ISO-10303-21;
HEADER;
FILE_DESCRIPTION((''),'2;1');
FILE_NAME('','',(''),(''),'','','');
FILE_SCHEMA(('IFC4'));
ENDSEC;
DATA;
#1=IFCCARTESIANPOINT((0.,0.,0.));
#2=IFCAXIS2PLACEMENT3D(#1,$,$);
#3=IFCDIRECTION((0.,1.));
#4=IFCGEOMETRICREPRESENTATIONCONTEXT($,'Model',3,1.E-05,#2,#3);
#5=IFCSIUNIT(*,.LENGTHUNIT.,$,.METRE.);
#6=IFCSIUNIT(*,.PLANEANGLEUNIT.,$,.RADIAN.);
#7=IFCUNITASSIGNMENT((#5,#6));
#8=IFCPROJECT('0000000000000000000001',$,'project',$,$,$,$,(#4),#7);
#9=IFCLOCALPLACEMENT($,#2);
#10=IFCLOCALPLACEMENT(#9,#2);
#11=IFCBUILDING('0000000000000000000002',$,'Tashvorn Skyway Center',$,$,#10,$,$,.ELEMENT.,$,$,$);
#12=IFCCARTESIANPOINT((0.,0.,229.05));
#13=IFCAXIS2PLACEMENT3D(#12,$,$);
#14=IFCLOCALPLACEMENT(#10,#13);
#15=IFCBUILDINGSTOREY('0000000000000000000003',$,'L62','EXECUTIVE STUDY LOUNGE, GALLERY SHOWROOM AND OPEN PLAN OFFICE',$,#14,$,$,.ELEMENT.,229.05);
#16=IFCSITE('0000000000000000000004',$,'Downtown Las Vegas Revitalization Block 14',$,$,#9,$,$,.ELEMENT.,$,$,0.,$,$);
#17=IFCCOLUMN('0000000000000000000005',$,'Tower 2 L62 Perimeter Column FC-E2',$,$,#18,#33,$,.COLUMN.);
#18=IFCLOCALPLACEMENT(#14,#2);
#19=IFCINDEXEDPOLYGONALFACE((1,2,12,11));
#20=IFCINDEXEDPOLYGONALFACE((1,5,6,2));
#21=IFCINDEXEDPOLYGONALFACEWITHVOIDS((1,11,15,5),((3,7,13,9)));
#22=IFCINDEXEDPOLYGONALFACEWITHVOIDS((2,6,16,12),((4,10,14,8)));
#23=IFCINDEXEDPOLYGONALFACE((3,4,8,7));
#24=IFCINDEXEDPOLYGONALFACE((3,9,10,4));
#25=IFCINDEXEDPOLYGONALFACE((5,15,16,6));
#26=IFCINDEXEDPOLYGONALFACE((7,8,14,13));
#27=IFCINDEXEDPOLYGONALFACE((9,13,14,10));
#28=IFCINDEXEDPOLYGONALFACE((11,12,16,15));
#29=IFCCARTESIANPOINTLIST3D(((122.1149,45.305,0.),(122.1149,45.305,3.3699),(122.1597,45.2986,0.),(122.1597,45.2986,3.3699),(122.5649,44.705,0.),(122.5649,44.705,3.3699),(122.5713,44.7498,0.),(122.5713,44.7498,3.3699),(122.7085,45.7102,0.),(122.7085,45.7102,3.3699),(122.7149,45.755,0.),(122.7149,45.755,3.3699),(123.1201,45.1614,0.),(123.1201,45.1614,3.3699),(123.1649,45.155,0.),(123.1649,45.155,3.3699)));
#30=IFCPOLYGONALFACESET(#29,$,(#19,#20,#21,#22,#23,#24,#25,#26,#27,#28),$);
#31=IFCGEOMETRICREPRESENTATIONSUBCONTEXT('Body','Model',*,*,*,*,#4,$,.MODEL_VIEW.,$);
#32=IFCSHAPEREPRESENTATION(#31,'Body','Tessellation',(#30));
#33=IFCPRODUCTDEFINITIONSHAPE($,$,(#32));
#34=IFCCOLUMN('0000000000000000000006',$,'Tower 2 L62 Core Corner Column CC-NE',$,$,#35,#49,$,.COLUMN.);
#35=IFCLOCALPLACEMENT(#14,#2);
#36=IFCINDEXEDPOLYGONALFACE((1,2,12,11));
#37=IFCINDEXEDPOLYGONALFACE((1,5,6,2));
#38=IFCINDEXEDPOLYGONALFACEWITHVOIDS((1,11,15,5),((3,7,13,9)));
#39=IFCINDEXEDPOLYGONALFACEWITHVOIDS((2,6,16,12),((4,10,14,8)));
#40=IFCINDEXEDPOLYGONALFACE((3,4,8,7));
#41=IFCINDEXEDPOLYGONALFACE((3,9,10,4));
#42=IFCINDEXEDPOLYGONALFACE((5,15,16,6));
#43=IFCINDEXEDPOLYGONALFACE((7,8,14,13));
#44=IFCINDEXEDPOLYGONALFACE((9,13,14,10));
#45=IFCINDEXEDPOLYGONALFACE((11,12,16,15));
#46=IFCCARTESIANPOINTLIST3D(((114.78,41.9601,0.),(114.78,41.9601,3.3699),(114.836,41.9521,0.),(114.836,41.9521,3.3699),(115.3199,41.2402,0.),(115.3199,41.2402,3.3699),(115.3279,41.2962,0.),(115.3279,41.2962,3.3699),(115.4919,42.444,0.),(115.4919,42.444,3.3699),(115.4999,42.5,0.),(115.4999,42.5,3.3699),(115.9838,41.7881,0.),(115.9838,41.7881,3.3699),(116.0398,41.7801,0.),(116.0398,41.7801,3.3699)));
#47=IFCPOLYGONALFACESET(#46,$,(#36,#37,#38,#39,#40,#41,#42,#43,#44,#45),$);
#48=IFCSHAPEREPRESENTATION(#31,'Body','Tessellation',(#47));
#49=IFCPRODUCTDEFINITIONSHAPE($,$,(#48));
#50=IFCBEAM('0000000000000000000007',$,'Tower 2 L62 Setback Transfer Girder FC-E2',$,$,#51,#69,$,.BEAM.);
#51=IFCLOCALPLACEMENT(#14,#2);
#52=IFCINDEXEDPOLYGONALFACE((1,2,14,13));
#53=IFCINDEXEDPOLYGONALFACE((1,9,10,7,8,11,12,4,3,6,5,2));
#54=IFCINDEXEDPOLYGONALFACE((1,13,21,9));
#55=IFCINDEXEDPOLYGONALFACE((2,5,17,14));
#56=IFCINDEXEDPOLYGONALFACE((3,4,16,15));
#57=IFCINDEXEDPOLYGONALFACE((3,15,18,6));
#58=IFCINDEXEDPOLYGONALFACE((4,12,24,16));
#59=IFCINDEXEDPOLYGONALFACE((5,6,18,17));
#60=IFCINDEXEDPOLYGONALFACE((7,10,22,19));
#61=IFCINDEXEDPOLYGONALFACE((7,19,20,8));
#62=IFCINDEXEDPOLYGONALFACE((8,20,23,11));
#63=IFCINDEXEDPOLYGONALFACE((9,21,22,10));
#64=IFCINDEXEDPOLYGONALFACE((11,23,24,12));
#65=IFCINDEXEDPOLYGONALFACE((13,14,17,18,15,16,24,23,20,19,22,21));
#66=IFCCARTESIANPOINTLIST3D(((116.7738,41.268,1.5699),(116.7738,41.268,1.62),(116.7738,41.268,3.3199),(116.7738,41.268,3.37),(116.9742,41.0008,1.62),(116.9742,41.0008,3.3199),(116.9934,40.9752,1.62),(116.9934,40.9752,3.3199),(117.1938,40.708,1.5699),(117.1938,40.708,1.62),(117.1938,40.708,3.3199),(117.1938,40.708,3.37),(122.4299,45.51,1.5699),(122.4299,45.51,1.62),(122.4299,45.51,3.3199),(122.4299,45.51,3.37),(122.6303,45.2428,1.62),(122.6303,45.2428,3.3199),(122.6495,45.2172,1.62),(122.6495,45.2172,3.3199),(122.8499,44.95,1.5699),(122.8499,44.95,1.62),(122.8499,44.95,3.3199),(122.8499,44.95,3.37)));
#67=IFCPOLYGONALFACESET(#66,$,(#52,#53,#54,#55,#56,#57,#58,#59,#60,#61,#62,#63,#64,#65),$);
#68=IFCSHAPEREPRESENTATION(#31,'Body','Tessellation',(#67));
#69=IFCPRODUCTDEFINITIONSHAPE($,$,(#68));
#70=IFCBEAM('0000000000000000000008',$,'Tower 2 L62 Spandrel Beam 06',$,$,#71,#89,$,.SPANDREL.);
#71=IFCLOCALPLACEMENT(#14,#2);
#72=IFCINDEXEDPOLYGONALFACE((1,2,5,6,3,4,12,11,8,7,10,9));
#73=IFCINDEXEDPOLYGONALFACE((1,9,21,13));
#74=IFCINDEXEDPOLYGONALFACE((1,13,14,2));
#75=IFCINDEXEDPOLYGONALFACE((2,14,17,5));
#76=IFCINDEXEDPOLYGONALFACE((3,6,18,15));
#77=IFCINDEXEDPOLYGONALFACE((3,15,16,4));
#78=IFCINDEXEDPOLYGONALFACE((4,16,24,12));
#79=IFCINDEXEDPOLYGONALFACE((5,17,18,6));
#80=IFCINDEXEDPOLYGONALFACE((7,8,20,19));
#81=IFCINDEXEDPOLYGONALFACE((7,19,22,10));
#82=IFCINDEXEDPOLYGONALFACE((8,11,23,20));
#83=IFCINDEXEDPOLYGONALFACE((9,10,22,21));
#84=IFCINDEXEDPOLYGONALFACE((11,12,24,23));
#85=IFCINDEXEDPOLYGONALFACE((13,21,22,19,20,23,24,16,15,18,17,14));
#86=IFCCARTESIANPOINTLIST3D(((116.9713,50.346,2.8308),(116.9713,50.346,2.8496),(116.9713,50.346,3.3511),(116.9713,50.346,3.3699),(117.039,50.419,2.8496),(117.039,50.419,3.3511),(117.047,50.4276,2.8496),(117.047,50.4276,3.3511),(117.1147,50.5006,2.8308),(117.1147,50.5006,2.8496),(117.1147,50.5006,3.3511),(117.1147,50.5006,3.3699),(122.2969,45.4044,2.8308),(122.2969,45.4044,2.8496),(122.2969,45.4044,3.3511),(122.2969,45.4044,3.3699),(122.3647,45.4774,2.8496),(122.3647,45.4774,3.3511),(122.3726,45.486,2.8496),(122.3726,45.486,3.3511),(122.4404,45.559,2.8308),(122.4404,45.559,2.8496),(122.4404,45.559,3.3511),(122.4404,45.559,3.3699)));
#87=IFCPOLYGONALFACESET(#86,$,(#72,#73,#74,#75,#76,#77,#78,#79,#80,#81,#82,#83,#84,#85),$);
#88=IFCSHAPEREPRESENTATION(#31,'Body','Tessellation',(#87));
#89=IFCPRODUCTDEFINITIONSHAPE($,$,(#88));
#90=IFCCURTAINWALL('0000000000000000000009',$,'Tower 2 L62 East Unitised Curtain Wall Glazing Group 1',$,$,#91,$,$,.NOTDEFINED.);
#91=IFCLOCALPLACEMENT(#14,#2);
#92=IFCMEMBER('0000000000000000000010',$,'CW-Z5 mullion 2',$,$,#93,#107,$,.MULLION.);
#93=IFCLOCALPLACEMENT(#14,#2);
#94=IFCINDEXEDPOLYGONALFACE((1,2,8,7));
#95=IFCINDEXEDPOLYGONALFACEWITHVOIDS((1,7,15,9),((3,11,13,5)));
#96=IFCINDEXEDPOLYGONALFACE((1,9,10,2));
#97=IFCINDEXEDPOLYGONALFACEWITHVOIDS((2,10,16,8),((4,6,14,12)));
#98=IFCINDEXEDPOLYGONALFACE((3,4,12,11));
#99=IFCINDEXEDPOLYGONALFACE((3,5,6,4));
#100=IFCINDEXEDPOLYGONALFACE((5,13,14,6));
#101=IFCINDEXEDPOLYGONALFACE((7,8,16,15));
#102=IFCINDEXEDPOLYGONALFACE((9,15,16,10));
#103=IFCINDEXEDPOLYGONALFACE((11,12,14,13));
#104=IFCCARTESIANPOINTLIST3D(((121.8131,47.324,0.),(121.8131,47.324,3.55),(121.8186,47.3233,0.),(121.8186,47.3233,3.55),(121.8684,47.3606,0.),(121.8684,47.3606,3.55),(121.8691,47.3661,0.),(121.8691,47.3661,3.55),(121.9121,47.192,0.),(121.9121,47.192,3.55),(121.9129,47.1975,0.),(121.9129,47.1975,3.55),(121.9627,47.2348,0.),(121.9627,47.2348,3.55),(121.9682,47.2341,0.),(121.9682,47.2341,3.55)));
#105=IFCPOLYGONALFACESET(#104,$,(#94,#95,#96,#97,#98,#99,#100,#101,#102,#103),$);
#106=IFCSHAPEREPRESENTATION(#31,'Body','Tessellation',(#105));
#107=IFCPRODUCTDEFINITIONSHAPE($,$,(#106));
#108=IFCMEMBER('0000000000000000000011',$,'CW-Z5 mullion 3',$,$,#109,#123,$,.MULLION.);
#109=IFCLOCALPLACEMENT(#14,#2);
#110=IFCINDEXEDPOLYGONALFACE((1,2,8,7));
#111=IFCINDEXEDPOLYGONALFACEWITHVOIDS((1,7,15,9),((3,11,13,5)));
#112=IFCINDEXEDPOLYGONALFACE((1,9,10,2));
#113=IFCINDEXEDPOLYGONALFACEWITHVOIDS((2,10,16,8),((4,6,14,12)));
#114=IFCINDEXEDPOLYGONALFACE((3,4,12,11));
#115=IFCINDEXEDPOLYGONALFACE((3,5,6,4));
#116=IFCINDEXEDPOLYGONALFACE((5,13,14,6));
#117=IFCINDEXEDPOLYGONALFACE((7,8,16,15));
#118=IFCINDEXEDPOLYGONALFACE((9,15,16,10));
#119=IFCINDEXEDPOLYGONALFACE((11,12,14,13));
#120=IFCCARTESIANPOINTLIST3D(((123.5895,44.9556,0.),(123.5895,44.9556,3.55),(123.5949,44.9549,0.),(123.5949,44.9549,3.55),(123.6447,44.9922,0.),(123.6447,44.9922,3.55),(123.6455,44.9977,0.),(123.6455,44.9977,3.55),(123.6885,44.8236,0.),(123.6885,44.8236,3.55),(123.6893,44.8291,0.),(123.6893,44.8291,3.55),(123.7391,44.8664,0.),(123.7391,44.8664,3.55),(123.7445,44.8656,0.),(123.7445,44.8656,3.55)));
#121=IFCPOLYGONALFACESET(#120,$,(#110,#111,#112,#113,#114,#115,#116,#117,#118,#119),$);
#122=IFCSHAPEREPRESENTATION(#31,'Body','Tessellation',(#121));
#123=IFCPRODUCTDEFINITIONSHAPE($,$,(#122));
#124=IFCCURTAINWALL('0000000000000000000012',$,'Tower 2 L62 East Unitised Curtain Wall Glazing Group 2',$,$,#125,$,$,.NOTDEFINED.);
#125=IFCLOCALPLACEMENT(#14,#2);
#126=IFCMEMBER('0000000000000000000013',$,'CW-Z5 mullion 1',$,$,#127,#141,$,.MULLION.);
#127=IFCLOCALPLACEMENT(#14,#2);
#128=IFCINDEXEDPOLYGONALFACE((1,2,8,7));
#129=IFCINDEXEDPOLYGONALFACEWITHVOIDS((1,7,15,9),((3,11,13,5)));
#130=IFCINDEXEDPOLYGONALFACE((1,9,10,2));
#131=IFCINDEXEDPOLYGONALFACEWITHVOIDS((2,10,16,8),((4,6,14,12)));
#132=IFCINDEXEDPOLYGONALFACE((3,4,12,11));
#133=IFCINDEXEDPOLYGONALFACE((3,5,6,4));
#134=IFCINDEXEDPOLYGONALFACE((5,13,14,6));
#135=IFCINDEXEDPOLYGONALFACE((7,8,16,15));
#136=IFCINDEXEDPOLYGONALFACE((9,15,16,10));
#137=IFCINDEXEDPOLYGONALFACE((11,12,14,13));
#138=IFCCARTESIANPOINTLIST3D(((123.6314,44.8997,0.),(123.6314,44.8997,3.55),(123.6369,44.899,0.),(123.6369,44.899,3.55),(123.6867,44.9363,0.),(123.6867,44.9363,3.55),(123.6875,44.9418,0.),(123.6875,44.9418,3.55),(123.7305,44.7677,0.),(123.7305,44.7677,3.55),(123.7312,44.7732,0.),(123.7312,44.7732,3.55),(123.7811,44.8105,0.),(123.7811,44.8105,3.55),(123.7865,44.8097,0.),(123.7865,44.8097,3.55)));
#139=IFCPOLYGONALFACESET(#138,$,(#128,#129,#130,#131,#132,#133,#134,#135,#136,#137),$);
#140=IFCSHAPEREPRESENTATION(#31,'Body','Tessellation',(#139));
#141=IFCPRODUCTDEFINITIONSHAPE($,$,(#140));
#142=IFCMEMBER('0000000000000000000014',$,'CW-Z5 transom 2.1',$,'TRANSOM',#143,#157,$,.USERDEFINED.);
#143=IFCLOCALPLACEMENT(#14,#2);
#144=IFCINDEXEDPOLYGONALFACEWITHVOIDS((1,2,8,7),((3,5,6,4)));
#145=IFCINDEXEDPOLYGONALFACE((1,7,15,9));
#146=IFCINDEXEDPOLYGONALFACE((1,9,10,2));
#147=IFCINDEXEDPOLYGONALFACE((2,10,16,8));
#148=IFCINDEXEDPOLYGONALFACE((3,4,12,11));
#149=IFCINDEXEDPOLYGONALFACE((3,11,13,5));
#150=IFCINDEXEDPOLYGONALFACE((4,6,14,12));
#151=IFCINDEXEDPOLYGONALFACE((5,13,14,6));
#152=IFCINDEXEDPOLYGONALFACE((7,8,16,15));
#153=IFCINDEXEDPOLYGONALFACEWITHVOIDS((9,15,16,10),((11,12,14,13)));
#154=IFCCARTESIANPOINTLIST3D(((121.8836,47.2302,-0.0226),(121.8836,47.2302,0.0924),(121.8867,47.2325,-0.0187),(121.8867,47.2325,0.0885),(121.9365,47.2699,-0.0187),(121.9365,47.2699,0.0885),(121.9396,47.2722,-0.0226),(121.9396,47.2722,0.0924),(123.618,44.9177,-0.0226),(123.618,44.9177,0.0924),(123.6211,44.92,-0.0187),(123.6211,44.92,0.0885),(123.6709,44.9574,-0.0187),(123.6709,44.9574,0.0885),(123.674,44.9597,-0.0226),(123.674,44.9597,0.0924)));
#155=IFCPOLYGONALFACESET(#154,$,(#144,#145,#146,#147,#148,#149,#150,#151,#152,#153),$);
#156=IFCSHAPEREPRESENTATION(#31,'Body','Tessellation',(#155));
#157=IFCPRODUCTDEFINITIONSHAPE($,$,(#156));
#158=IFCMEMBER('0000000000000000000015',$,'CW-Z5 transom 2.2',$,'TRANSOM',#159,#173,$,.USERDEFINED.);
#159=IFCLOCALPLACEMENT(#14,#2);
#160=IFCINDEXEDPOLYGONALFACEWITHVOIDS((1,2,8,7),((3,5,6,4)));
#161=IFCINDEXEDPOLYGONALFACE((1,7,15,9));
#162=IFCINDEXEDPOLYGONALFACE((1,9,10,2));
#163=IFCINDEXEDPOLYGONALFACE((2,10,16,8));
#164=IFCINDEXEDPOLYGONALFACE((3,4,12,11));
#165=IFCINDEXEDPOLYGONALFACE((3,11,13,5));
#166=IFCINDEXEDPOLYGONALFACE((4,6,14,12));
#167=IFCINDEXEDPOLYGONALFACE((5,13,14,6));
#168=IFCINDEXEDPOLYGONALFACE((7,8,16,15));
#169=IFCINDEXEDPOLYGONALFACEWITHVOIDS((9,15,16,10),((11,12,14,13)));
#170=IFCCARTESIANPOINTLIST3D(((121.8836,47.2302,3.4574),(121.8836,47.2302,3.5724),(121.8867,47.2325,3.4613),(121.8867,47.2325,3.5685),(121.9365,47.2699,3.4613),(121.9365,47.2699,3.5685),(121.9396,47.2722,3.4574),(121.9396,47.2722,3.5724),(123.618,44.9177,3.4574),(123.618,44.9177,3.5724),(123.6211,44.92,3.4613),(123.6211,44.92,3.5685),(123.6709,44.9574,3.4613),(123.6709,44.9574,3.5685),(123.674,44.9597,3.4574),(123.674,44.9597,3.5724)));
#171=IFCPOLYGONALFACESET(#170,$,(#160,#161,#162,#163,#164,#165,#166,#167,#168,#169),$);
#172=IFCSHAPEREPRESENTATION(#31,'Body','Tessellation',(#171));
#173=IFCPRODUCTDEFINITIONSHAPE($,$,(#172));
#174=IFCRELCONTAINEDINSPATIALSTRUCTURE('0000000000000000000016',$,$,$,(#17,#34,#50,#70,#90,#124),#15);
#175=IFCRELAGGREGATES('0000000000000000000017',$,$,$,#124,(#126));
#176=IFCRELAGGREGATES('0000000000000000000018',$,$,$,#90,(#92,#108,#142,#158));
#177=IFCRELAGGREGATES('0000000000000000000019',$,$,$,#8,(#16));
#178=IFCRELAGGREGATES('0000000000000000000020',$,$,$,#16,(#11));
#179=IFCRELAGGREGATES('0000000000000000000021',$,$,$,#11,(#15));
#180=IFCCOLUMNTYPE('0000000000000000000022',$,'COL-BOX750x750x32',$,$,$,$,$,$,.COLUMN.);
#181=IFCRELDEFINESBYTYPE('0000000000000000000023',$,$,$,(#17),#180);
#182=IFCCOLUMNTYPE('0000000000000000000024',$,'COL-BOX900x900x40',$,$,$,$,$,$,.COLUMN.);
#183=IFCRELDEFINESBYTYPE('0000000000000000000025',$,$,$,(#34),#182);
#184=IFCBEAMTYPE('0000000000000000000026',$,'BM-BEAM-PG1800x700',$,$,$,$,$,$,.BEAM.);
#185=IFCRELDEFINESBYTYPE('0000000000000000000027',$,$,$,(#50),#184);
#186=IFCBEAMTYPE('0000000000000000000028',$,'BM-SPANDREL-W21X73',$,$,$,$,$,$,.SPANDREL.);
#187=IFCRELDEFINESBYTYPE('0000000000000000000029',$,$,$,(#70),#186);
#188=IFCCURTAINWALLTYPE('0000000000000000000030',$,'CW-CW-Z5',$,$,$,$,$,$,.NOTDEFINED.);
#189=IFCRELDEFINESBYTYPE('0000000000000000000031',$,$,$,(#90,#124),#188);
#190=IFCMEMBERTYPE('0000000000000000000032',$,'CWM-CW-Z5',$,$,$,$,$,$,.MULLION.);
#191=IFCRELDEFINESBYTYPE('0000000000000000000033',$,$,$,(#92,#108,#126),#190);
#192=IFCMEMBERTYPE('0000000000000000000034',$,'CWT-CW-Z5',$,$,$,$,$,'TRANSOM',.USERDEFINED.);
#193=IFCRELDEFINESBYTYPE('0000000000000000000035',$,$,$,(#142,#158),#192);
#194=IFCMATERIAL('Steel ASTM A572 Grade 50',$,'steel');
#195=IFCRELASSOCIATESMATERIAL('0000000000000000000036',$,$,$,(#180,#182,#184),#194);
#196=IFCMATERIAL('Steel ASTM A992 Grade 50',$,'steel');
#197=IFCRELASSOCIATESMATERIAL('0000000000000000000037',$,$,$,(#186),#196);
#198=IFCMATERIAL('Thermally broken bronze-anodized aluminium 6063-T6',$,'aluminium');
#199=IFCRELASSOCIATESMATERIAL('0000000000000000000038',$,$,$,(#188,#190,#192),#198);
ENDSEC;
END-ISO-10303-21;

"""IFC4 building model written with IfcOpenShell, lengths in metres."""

from ifc_helpers import new_model, si_unit, direction, frame, origin, origin_2d, place, context, subcontext, project, spatial, hollow_rectangle, i_section, extrude, material, material_profile, profile_set, type_object, element, aggregate, save


model = new_model("IFC4")

# Units and contexts
model_context = context("Model", 3, precision=1e-05, world=origin(), true_north=direction((0.0, 1.0)))
body_context = subcontext(model_context, "Body", "Model", "MODEL_VIEW")
ifc_project = project(units=[si_unit("LENGTHUNIT", "METRE"), si_unit("PLANEANGLEUNIT", "RADIAN")], contexts=[model_context])

# Site, building, storey
site_placement = place(None, origin())
site = spatial("IfcSite", under=ifc_project, at=site_placement, Name="Downtown Las Vegas Revitalization Block 14", CompositionType="ELEMENT", RefElevation=0.0)
building_placement = place(site_placement, origin())
building = spatial("IfcBuilding", under=site, at=building_placement, Name="Tashvorn Skyway Center", CompositionType="ELEMENT")
storey_placement = place(building_placement, frame((0.0, 0.0, 229.05)))
storey = spatial("IfcBuildingStorey", under=building, at=storey_placement, Name="L62", Description="EXECUTIVE STUDY LOUNGE, GALLERY SHOWROOM AND OPEN PLAN OFFICE", CompositionType="ELEMENT", Elevation=229.05)

# Columns
ifc_material_1 = material(Name="Steel ASTM A572 Grade 50", Category="steel")
ifc_material_profile_1 = material_profile(ifc_material_1, hollow_rectangle(XDim=0.75, YDim=0.75, WallThickness=0.032, at=origin_2d()), Name="BOX750x750x32")
ifc_profile_set_1 = profile_set([ifc_material_profile_1], Name="Steel ASTM A572 Grade 50")
column_type_1 = type_object("IfcColumnType", Name="COL-BOX750x750x32", PredefinedType="COLUMN", material=ifc_profile_set_1)
column_1_placement = place(storey_placement, frame((122.6399, 45.23, 0.0), z_axis=(0.0, 0.0, 1.0), x_axis=(0.8, 0.6, 0.0)))
element("IfcColumn", 1, at=column_1_placement, inside=storey, type_object=column_type_1, Name="Tower 2 L62 Perimeter Column FC-E2", PredefinedType="COLUMN", context=body_context, shape_type="SweptSolid", body=[
    extrude(hollow_rectangle(XDim=0.75, YDim=0.75, WallThickness=0.032, at=origin_2d()), origin(), (0.0, 0.0, 1.0), 3.3699),
])
ifc_material_profile_2 = material_profile(ifc_material_1, hollow_rectangle(XDim=0.8999, YDim=0.8999, WallThickness=0.04, at=origin_2d()), Name="BOX900x900x40")
ifc_profile_set_2 = profile_set([ifc_material_profile_2], Name="Steel ASTM A572 Grade 50")
column_type_2 = type_object("IfcColumnType", Name="COL-BOX900x900x40", PredefinedType="COLUMN", material=ifc_profile_set_2)
column_2_placement = place(storey_placement, frame((115.4099, 41.8701, 0.0), z_axis=(0.0, 0.0, 1.0), x_axis=(0.8, 0.6, 0.0)))
element("IfcColumn", 2, at=column_2_placement, inside=storey, type_object=column_type_2, Name="Tower 2 L62 Core Corner Column CC-NE", PredefinedType="COLUMN", context=body_context, shape_type="SweptSolid", body=[
    extrude(hollow_rectangle(XDim=0.8999, YDim=0.8999, WallThickness=0.04, at=origin_2d()), origin(), (0.0, 0.0, 1.0), 3.3699),
])

# Beams
ifc_material_profile_3 = material_profile(ifc_material_1, i_section(OverallWidth=0.7, OverallDepth=1.8, WebThickness=0.032, FlangeThickness=0.05, at=origin_2d()), Name="PG1800x700")
ifc_profile_set_3 = profile_set([ifc_material_profile_3], Name="Steel ASTM A572 Grade 50")
beam_type_1 = type_object("IfcBeamType", Name="BM-BEAM-PG1800x700", PredefinedType="BEAM", material=ifc_profile_set_3)
beam_1_placement = place(storey_placement, frame((122.6399, 45.23, 2.47), z_axis=(-0.800004, -0.599994, 0.0), x_axis=(0.599994, -0.800004, 0.0)))
element("IfcBeam", 3, at=beam_1_placement, inside=storey, type_object=beam_type_1, Name="Tower 2 L62 Setback Transfer Girder FC-E2", PredefinedType="BEAM", context=body_context, shape_type="SweptSolid", body=[
    extrude(i_section(OverallWidth=0.7, OverallDepth=1.8, WebThickness=0.032, FlangeThickness=0.05, at=origin_2d()), origin(), (0.0, 0.0, 1.0), 7.0701),
])
ifc_material_2 = material(Name="Steel ASTM A992 Grade 50", Category="steel")
ifc_material_profile_4 = material_profile(ifc_material_2, i_section(OverallWidth=0.2109, OverallDepth=0.5391, WebThickness=0.0117, FlangeThickness=0.0188, at=origin_2d()), Name="W21X73")
ifc_profile_set_4 = profile_set([ifc_material_profile_4], Name="Steel ASTM A992 Grade 50")
beam_type_2 = type_object("IfcBeamType", Name="BM-SPANDREL-W21X73", PredefinedType="SPANDREL", material=ifc_profile_set_4)
beam_2_placement = place(storey_placement, frame((122.3687, 45.4817, 3.1003), z_axis=(-0.733042, 0.680183, 0.0), x_axis=(-0.680183, -0.733042, 0.0)))
element("IfcBeam", 4, at=beam_2_placement, inside=storey, type_object=beam_type_2, Name="Tower 2 L62 Spandrel Beam 06", PredefinedType="SPANDREL", context=body_context, shape_type="SweptSolid", body=[
    extrude(i_section(OverallWidth=0.2109, OverallDepth=0.5391, WebThickness=0.0117, FlangeThickness=0.0188, at=origin_2d()), origin(), (0.0, 0.0, 1.0), 7.2651),
])

# Curtain wall, members
ifc_material_3 = material(Name="Thermally broken bronze-anodized aluminium 6063-T6", Category="aluminium")
curtain_wall_type = type_object("IfcCurtainWallType", Name="CW-CW-Z5", PredefinedType="NOTDEFINED", material=ifc_material_3)
curtain_wall_1_placement = place(storey_placement, origin())
curtain_wall_1 = element("IfcCurtainWall", 5, at=curtain_wall_1_placement, inside=storey, type_object=curtain_wall_type, Name="Tower 2 L62 East Unitised Curtain Wall Glazing Group 1", PredefinedType="NOTDEFINED")
ifc_material_profile_5 = material_profile(ifc_material_3, hollow_rectangle(XDim=0.0701, YDim=0.165, WallThickness=0.0039, at=origin_2d()), Name="ALU-MULL-70x165")
ifc_profile_set_5 = profile_set([ifc_material_profile_5], Name="Thermally broken bronze-anodized aluminium 6063-T6")
member_type_1 = type_object("IfcMemberType", Name="CWM-CW-Z5", PredefinedType="MULLION", material=ifc_profile_set_5)
member_1_placement = place(storey_placement, frame((121.8906, 47.2791, 0.0), z_axis=(0.0, 0.0, 1.0), x_axis=(0.799998, 0.600003, 0.0)))
member_1 = element("IfcMember", 6, at=member_1_placement, type_object=member_type_1, Name="CW-Z5 mullion 2", PredefinedType="MULLION", context=body_context, shape_type="SweptSolid", body=[
    extrude(hollow_rectangle(XDim=0.0701, YDim=0.165, WallThickness=0.0039, at=origin_2d()), origin(), (0.0, 0.0, 1.0), 3.55),
])
member_2_placement = place(storey_placement, frame((123.667, 44.9106, 0.0), z_axis=(0.0, 0.0, 1.0), x_axis=(0.799998, 0.600003, 0.0)))
member_2 = element("IfcMember", 7, at=member_2_placement, type_object=member_type_1, Name="CW-Z5 mullion 3", PredefinedType="MULLION", context=body_context, shape_type="SweptSolid", body=[
    extrude(hollow_rectangle(XDim=0.0701, YDim=0.165, WallThickness=0.0039, at=origin_2d()), origin(), (0.0, 0.0, 1.0), 3.55),
])

# Curtain wall, member
curtain_wall_2_placement = place(storey_placement, origin())
curtain_wall_2 = element("IfcCurtainWall", 8, at=curtain_wall_2_placement, inside=storey, type_object=curtain_wall_type, Name="Tower 2 L62 East Unitised Curtain Wall Glazing Group 2", PredefinedType="NOTDEFINED")
member_3_placement = place(storey_placement, frame((123.709, 44.8547, 0.0), z_axis=(0.0, 0.0, 1.0), x_axis=(0.800003, 0.599996, 0.0)))
member_3 = element("IfcMember", 9, at=member_3_placement, type_object=member_type_1, Name="CW-Z5 mullion 1", PredefinedType="MULLION", context=body_context, shape_type="SweptSolid", body=[
    extrude(hollow_rectangle(XDim=0.0701, YDim=0.165, WallThickness=0.0039, at=origin_2d()), origin(), (0.0, 0.0, 1.0), 3.55),
])

# Members
ifc_material_profile_6 = material_profile(ifc_material_3, hollow_rectangle(XDim=0.0701, YDim=0.115, WallThickness=0.0039, at=origin_2d()), Name="ALU-TRAN-70x115")
ifc_profile_set_6 = profile_set([ifc_material_profile_6], Name="Thermally broken bronze-anodized aluminium 6063-T6")
member_type_2 = type_object("IfcMemberType", Name="CWT-CW-Z5", ElementType="TRANSOM", PredefinedType="USERDEFINED", material=ifc_profile_set_6)
member_4_placement = place(storey_placement, frame((121.9116, 47.2512, 0.0349), z_axis=(0.6, -0.8, 0.0), x_axis=(0.8, 0.6, 0.0)))
member_4 = element("IfcMember", 10, at=member_4_placement, type_object=member_type_2, Name="CW-Z5 transom 2.1", ObjectType="TRANSOM", PredefinedType="USERDEFINED", context=body_context, shape_type="SweptSolid", body=[
    extrude(hollow_rectangle(XDim=0.0701, YDim=0.115, WallThickness=0.0039, at=origin_2d()), origin(), (0.0, 0.0, 1.0), 2.8906),
])
member_5_placement = place(storey_placement, frame((121.9116, 47.2512, 3.5149), z_axis=(0.6, -0.8, 0.0), x_axis=(0.8, 0.6, 0.0)))
member_5 = element("IfcMember", 11, at=member_5_placement, type_object=member_type_2, Name="CW-Z5 transom 2.2", ObjectType="TRANSOM", PredefinedType="USERDEFINED", context=body_context, shape_type="SweptSolid", body=[
    extrude(hollow_rectangle(XDim=0.0701, YDim=0.115, WallThickness=0.0039, at=origin_2d()), origin(), (0.0, 0.0, 1.0), 2.8906),
])
aggregate(curtain_wall_2, [member_3])

aggregate(curtain_wall_1, [member_1, member_2, member_4, member_5])

save(model, "model.ifc")
